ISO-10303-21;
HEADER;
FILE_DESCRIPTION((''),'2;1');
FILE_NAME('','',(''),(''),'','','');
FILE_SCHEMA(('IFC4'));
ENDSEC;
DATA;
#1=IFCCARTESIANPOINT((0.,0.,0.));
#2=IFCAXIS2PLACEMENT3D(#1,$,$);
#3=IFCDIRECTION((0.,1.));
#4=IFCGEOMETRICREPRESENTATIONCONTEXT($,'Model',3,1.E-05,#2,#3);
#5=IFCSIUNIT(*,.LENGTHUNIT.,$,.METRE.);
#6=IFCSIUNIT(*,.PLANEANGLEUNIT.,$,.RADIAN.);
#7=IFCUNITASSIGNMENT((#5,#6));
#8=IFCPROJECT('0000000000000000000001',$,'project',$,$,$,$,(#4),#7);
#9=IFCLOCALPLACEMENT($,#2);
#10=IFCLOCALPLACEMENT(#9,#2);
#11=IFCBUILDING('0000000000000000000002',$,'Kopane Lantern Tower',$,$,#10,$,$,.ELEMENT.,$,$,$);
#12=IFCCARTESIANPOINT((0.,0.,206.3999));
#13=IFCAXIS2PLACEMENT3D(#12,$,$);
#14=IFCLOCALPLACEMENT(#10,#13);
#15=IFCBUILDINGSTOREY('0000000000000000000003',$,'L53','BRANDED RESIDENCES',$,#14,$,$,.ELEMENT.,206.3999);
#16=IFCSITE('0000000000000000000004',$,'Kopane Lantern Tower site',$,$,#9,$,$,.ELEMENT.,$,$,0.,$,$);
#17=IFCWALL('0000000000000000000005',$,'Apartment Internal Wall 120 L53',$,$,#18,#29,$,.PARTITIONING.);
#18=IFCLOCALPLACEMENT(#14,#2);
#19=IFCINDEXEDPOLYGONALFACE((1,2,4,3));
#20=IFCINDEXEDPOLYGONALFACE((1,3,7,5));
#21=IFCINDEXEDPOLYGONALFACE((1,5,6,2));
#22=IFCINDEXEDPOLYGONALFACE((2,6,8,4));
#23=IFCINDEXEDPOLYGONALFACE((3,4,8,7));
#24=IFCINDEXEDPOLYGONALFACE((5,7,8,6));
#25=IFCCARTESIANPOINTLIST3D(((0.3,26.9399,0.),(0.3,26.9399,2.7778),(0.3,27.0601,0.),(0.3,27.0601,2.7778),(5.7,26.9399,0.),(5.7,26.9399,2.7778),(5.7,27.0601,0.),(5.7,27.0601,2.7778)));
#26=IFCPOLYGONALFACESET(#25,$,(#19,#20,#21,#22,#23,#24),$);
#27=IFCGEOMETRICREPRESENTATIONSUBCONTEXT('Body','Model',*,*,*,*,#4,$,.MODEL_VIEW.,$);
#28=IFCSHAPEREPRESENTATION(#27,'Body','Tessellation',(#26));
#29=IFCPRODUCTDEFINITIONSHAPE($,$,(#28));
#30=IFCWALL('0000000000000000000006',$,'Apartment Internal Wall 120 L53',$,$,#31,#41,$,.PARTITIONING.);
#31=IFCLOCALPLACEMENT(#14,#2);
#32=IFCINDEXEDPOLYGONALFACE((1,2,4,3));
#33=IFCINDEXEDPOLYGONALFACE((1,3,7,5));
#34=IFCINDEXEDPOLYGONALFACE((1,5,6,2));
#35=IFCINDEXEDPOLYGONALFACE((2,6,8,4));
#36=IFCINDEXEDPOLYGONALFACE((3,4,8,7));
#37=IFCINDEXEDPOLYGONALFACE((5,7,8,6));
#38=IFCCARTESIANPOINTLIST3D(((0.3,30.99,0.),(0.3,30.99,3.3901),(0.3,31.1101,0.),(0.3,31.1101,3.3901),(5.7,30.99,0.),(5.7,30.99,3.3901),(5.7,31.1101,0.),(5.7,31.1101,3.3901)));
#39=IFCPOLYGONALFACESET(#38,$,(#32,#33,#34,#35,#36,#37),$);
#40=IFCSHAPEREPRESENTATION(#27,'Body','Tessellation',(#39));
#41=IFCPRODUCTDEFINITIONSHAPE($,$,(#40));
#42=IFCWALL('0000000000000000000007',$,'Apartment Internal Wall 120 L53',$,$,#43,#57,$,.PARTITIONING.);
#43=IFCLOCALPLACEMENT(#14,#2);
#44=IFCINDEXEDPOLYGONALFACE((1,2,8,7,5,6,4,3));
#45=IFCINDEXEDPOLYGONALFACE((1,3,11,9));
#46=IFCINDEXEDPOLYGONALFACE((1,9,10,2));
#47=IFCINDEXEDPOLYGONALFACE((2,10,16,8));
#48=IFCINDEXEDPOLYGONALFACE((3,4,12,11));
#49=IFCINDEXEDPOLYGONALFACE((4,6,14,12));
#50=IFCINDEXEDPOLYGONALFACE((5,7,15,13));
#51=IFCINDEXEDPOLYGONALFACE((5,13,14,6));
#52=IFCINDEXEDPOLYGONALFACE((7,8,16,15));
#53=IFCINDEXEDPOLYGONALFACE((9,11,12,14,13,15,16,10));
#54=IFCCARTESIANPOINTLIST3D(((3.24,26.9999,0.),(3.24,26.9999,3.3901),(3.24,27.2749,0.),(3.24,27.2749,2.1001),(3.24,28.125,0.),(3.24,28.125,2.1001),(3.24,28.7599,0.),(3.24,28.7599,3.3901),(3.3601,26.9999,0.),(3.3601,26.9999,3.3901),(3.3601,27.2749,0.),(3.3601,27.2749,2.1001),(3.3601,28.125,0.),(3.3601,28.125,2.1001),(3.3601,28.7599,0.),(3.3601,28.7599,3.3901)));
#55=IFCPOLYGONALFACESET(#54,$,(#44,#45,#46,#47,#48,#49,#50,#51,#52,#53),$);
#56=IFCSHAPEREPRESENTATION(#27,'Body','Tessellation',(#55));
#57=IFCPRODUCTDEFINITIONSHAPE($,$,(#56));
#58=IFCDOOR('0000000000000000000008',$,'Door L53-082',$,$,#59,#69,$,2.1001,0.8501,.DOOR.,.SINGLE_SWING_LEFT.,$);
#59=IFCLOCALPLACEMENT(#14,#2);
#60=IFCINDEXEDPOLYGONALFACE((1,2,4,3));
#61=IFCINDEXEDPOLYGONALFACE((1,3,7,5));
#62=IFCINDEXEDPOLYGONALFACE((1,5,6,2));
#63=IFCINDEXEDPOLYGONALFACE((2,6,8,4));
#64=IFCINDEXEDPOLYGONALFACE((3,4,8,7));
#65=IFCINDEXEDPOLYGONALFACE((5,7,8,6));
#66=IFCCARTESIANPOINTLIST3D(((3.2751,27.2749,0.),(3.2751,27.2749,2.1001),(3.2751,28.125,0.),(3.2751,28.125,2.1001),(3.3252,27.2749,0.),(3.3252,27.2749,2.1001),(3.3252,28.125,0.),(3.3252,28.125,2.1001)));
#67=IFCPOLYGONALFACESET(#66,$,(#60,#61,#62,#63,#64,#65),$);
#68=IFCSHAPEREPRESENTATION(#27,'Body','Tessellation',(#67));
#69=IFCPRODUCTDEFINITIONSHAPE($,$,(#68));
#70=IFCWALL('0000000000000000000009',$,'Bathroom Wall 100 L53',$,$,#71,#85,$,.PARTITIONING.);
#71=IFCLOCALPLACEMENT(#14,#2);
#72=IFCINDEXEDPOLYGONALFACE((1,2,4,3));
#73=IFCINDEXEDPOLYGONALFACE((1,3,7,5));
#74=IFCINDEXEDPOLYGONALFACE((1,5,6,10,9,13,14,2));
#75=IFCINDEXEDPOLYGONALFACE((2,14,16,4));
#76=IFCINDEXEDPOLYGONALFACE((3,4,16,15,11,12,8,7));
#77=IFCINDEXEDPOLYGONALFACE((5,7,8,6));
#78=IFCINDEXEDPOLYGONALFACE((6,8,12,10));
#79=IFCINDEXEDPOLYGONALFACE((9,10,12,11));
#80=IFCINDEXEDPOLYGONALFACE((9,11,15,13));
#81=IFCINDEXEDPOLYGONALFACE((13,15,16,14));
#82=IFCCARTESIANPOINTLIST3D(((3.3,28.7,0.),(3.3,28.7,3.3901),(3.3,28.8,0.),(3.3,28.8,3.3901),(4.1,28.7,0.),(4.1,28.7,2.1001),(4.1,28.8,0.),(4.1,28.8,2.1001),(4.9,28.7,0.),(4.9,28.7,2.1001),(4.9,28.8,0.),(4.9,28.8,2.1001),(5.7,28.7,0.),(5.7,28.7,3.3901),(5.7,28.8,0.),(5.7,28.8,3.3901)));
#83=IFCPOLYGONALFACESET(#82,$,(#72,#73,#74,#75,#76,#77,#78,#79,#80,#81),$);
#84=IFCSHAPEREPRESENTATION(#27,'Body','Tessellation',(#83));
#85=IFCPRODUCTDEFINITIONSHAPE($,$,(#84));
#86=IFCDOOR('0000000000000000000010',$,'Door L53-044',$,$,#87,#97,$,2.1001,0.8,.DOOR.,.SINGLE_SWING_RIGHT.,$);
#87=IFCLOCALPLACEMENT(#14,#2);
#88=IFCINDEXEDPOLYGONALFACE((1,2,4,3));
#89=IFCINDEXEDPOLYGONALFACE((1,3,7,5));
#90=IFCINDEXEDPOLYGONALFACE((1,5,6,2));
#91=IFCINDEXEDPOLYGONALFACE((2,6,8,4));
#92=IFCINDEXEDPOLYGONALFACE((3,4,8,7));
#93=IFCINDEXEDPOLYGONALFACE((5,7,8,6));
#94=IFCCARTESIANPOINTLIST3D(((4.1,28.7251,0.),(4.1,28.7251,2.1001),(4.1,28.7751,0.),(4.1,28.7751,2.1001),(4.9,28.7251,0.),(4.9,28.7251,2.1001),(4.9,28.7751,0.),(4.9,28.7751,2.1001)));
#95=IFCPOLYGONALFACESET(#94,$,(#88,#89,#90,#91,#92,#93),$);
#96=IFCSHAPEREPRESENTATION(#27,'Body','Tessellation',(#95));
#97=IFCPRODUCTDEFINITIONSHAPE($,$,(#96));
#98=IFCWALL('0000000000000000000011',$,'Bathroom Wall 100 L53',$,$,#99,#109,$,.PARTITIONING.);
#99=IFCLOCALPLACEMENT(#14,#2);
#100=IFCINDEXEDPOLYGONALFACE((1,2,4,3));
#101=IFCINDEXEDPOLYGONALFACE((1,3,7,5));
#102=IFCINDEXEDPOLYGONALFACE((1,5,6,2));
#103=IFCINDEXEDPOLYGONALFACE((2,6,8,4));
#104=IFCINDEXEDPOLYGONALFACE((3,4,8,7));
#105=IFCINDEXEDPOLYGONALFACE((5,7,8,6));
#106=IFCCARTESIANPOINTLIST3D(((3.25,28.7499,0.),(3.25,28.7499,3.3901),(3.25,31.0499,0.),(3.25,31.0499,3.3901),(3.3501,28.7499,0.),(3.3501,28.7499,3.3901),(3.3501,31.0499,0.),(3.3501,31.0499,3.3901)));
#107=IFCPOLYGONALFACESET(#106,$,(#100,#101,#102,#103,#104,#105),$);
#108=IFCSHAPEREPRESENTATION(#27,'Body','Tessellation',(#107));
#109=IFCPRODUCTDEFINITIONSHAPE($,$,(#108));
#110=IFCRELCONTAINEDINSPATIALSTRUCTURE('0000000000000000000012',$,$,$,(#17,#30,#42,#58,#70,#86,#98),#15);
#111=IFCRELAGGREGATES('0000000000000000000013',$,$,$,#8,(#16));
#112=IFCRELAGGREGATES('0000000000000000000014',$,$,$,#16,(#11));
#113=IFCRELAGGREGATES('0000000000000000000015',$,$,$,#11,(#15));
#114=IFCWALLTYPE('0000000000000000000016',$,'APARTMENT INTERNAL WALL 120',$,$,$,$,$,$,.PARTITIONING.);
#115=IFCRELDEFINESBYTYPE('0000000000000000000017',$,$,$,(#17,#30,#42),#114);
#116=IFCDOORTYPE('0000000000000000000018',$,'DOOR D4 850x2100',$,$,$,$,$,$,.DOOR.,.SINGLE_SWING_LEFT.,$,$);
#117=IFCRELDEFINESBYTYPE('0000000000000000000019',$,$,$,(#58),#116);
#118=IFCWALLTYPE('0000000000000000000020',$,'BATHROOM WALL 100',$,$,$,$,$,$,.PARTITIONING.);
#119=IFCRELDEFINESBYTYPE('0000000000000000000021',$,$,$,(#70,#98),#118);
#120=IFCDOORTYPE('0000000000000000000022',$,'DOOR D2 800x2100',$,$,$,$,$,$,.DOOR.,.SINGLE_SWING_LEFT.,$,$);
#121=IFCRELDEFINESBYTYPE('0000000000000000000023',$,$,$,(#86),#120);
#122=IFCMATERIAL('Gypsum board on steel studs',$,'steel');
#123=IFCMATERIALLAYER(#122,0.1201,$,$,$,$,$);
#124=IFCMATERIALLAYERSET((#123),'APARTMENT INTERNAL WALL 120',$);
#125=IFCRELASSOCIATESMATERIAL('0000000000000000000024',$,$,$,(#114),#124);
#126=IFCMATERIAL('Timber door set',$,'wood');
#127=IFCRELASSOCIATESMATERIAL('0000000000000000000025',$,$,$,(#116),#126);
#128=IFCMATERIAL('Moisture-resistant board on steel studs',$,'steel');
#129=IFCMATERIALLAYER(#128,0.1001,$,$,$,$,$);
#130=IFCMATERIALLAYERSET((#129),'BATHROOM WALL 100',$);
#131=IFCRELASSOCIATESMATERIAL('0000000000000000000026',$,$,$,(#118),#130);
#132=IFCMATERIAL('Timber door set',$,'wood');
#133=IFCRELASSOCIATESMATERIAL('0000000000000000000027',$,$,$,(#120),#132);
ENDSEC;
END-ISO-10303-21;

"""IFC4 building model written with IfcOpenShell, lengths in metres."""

from ifc_helpers import new_model, si_unit, direction, frame, frame_2d, origin, place, context, subcontext, project, spatial, rectangle, extrude, material, layer, layer_set, type_object, element, fill, save


model = new_model("IFC4")

# Units and contexts
model_context = context("Model", 3, precision=1e-05, world=origin(), true_north=direction((0.0, 1.0)))
body_context = subcontext(model_context, "Body", "Model", "MODEL_VIEW")
ifc_project = project(units=[si_unit("LENGTHUNIT", "METRE"), si_unit("PLANEANGLEUNIT", "RADIAN")], contexts=[model_context])

# Site, building, storey
site_placement = place(None, origin())
site = spatial("IfcSite", under=ifc_project, at=site_placement, Name="Kopane Lantern Tower site", CompositionType="ELEMENT", RefElevation=0.0)
building_placement = place(site_placement, origin())
building = spatial("IfcBuilding", under=site, at=building_placement, Name="Kopane Lantern Tower", CompositionType="ELEMENT")
storey_placement = place(building_placement, frame((0.0, 0.0, 206.3999)))
storey = spatial("IfcBuildingStorey", under=building, at=storey_placement, Name="L53", Description="BRANDED RESIDENCES", CompositionType="ELEMENT", Elevation=206.3999)

# Walls
ifc_material_1 = material(Name="Gypsum board on steel studs", Category="steel")
ifc_layer_1 = layer(ifc_material_1, 0.1201)
ifc_layer_set_1 = layer_set([ifc_layer_1], Name="APARTMENT INTERNAL WALL 120")
wall_type_1 = type_object("IfcWallType", Name="APARTMENT INTERNAL WALL 120", PredefinedType="PARTITIONING", material=ifc_layer_set_1)
wall_1_placement = place(storey_placement, frame((5.7, 27.0, 0.0), z_axis=(0.0, 0.0, 1.0), x_axis=(-1.0, 0.0, 0.0)))
element("IfcWall", 1, at=wall_1_placement, inside=storey, type_object=wall_type_1, Name="Apartment Internal Wall 120 L53", PredefinedType="PARTITIONING", context=body_context, shape_type="SweptSolid", body=[
    extrude(rectangle(XDim=5.3999, YDim=0.1201, at=frame_2d((2.7, 0.0))), origin(), (0.0, 0.0, 1.0), 2.7778),
])
wall_2_placement = place(storey_placement, frame((5.7, 31.05, 0.0), z_axis=(0.0, 0.0, 1.0), x_axis=(-1.0, 0.0, 0.0)))
element("IfcWall", 2, at=wall_2_placement, inside=storey, type_object=wall_type_1, Name="Apartment Internal Wall 120 L53", PredefinedType="PARTITIONING", context=body_context, shape_type="SweptSolid", body=[
    extrude(rectangle(XDim=5.3999, YDim=0.1201, at=frame_2d((2.7, 0.0))), origin(), (0.0, 0.0, 1.0), 3.3901),
])

# Walls, openings, doors
wall_3_placement = place(storey_placement, frame((3.3, 27.0, 0.0), z_axis=(0.0, 0.0, 1.0), x_axis=(0.0, 1.0, 0.0)))
wall_3 = element("IfcWall", 3, at=wall_3_placement, inside=storey, type_object=wall_type_1, Name="Apartment Internal Wall 120 L53", PredefinedType="PARTITIONING", context=body_context, shape_type="SweptSolid", body=[
    extrude(rectangle(XDim=1.76, YDim=0.1201, at=frame_2d((0.8799, 0.0))), origin(), (0.0, 0.0, 1.0), 3.3901),
])
opening_1_placement = place(wall_3_placement, frame((0.2749, 0.0, 0.0)))
opening_1 = element("IfcOpeningElement", 4, at=opening_1_placement, cuts=wall_3, PredefinedType="OPENING", context=body_context, shape_type="SweptSolid", body=[
    extrude(rectangle(XDim=0.8501, YDim=2.1001, at=frame_2d((0.425, 1.05))), frame((0.0, 0.0701, 0.0), z_axis=(0.0, -1.0, 0.0), x_axis=(1.0, 0.0, 0.0)), (0.0, 0.0, 1.0), 0.1401),
])
ifc_material_2 = material(Name="Timber door set", Category="wood")
door_type_1 = type_object("IfcDoorType", Name="DOOR D4 850x2100", OperationType="SINGLE_SWING_LEFT", PredefinedType="DOOR", material=ifc_material_2)
door_1_placement = place(opening_1_placement, origin())
door_1 = element("IfcDoor", 5, at=door_1_placement, inside=storey, type_object=door_type_1, Name="Door L53-082", OperationType="SINGLE_SWING_LEFT", OverallHeight=2.1001, OverallWidth=0.8501, PredefinedType="DOOR", context=body_context, shape_type="SweptSolid", body=[
    extrude(rectangle(XDim=0.8501, YDim=2.1001, at=frame_2d((0.425, 1.05))), frame((0.0, 0.0249, 0.0), z_axis=(0.0, -1.0, 0.0), x_axis=(1.0, 0.0, 0.0)), (0.0, 0.0, 1.0), 0.05),
])
fill(opening_1, door_1)
ifc_material_3 = material(Name="Moisture-resistant board on steel studs", Category="steel")
ifc_layer_2 = layer(ifc_material_3, 0.1001)
ifc_layer_set_2 = layer_set([ifc_layer_2], Name="BATHROOM WALL 100")
wall_type_2 = type_object("IfcWallType", Name="BATHROOM WALL 100", PredefinedType="PARTITIONING", material=ifc_layer_set_2)
wall_4_placement = place(storey_placement, frame((5.7, 28.75, 0.0), z_axis=(0.0, 0.0, 1.0), x_axis=(-1.0, 0.0, 0.0)))
wall_4 = element("IfcWall", 6, at=wall_4_placement, inside=storey, type_object=wall_type_2, Name="Bathroom Wall 100 L53", PredefinedType="PARTITIONING", context=body_context, shape_type="SweptSolid", body=[
    extrude(rectangle(XDim=2.3999, YDim=0.1001, at=frame_2d((1.2, 0.0))), origin(), (0.0, 0.0, 1.0), 3.3901),
])
opening_2_placement = place(wall_4_placement, frame((0.8, 0.0, 0.0)))
opening_2 = element("IfcOpeningElement", 7, at=opening_2_placement, cuts=wall_4, PredefinedType="OPENING", context=body_context, shape_type="SweptSolid", body=[
    extrude(rectangle(XDim=0.8, YDim=2.1001, at=frame_2d((0.3999, 1.05))), frame((0.0, 0.0601, 0.0), z_axis=(0.0, -1.0, 0.0), x_axis=(1.0, 0.0, 0.0)), (0.0, 0.0, 1.0), 0.1201),
])
ifc_material_4 = material(Name="Timber door set", Category="wood")
door_type_2 = type_object("IfcDoorType", Name="DOOR D2 800x2100", OperationType="SINGLE_SWING_LEFT", PredefinedType="DOOR", material=ifc_material_4)
door_2_placement = place(opening_2_placement, origin())
door_2 = element("IfcDoor", 8, at=door_2_placement, inside=storey, type_object=door_type_2, Name="Door L53-044", OperationType="SINGLE_SWING_RIGHT", OverallHeight=2.1001, OverallWidth=0.8, PredefinedType="DOOR", context=body_context, shape_type="SweptSolid", body=[
    extrude(rectangle(XDim=0.8, YDim=2.1001, at=frame_2d((0.3999, 1.05))), frame((0.0, 0.0249, 0.0), z_axis=(0.0, -1.0, 0.0), x_axis=(1.0, 0.0, 0.0)), (0.0, 0.0, 1.0), 0.05),
])
fill(opening_2, door_2)

# Wall
wall_5_placement = place(storey_placement, frame((3.3, 28.75, 0.0), z_axis=(0.0, 0.0, 1.0), x_axis=(0.0, 1.0, 0.0)))
element("IfcWall", 9, at=wall_5_placement, inside=storey, type_object=wall_type_2, Name="Bathroom Wall 100 L53", PredefinedType="PARTITIONING", context=body_context, shape_type="SweptSolid", body=[
    extrude(rectangle(XDim=2.3, YDim=0.1001, at=frame_2d((1.1499, 0.0))), origin(), (0.0, 0.0, 1.0), 3.3901),
])

save(model, "model.ifc")
